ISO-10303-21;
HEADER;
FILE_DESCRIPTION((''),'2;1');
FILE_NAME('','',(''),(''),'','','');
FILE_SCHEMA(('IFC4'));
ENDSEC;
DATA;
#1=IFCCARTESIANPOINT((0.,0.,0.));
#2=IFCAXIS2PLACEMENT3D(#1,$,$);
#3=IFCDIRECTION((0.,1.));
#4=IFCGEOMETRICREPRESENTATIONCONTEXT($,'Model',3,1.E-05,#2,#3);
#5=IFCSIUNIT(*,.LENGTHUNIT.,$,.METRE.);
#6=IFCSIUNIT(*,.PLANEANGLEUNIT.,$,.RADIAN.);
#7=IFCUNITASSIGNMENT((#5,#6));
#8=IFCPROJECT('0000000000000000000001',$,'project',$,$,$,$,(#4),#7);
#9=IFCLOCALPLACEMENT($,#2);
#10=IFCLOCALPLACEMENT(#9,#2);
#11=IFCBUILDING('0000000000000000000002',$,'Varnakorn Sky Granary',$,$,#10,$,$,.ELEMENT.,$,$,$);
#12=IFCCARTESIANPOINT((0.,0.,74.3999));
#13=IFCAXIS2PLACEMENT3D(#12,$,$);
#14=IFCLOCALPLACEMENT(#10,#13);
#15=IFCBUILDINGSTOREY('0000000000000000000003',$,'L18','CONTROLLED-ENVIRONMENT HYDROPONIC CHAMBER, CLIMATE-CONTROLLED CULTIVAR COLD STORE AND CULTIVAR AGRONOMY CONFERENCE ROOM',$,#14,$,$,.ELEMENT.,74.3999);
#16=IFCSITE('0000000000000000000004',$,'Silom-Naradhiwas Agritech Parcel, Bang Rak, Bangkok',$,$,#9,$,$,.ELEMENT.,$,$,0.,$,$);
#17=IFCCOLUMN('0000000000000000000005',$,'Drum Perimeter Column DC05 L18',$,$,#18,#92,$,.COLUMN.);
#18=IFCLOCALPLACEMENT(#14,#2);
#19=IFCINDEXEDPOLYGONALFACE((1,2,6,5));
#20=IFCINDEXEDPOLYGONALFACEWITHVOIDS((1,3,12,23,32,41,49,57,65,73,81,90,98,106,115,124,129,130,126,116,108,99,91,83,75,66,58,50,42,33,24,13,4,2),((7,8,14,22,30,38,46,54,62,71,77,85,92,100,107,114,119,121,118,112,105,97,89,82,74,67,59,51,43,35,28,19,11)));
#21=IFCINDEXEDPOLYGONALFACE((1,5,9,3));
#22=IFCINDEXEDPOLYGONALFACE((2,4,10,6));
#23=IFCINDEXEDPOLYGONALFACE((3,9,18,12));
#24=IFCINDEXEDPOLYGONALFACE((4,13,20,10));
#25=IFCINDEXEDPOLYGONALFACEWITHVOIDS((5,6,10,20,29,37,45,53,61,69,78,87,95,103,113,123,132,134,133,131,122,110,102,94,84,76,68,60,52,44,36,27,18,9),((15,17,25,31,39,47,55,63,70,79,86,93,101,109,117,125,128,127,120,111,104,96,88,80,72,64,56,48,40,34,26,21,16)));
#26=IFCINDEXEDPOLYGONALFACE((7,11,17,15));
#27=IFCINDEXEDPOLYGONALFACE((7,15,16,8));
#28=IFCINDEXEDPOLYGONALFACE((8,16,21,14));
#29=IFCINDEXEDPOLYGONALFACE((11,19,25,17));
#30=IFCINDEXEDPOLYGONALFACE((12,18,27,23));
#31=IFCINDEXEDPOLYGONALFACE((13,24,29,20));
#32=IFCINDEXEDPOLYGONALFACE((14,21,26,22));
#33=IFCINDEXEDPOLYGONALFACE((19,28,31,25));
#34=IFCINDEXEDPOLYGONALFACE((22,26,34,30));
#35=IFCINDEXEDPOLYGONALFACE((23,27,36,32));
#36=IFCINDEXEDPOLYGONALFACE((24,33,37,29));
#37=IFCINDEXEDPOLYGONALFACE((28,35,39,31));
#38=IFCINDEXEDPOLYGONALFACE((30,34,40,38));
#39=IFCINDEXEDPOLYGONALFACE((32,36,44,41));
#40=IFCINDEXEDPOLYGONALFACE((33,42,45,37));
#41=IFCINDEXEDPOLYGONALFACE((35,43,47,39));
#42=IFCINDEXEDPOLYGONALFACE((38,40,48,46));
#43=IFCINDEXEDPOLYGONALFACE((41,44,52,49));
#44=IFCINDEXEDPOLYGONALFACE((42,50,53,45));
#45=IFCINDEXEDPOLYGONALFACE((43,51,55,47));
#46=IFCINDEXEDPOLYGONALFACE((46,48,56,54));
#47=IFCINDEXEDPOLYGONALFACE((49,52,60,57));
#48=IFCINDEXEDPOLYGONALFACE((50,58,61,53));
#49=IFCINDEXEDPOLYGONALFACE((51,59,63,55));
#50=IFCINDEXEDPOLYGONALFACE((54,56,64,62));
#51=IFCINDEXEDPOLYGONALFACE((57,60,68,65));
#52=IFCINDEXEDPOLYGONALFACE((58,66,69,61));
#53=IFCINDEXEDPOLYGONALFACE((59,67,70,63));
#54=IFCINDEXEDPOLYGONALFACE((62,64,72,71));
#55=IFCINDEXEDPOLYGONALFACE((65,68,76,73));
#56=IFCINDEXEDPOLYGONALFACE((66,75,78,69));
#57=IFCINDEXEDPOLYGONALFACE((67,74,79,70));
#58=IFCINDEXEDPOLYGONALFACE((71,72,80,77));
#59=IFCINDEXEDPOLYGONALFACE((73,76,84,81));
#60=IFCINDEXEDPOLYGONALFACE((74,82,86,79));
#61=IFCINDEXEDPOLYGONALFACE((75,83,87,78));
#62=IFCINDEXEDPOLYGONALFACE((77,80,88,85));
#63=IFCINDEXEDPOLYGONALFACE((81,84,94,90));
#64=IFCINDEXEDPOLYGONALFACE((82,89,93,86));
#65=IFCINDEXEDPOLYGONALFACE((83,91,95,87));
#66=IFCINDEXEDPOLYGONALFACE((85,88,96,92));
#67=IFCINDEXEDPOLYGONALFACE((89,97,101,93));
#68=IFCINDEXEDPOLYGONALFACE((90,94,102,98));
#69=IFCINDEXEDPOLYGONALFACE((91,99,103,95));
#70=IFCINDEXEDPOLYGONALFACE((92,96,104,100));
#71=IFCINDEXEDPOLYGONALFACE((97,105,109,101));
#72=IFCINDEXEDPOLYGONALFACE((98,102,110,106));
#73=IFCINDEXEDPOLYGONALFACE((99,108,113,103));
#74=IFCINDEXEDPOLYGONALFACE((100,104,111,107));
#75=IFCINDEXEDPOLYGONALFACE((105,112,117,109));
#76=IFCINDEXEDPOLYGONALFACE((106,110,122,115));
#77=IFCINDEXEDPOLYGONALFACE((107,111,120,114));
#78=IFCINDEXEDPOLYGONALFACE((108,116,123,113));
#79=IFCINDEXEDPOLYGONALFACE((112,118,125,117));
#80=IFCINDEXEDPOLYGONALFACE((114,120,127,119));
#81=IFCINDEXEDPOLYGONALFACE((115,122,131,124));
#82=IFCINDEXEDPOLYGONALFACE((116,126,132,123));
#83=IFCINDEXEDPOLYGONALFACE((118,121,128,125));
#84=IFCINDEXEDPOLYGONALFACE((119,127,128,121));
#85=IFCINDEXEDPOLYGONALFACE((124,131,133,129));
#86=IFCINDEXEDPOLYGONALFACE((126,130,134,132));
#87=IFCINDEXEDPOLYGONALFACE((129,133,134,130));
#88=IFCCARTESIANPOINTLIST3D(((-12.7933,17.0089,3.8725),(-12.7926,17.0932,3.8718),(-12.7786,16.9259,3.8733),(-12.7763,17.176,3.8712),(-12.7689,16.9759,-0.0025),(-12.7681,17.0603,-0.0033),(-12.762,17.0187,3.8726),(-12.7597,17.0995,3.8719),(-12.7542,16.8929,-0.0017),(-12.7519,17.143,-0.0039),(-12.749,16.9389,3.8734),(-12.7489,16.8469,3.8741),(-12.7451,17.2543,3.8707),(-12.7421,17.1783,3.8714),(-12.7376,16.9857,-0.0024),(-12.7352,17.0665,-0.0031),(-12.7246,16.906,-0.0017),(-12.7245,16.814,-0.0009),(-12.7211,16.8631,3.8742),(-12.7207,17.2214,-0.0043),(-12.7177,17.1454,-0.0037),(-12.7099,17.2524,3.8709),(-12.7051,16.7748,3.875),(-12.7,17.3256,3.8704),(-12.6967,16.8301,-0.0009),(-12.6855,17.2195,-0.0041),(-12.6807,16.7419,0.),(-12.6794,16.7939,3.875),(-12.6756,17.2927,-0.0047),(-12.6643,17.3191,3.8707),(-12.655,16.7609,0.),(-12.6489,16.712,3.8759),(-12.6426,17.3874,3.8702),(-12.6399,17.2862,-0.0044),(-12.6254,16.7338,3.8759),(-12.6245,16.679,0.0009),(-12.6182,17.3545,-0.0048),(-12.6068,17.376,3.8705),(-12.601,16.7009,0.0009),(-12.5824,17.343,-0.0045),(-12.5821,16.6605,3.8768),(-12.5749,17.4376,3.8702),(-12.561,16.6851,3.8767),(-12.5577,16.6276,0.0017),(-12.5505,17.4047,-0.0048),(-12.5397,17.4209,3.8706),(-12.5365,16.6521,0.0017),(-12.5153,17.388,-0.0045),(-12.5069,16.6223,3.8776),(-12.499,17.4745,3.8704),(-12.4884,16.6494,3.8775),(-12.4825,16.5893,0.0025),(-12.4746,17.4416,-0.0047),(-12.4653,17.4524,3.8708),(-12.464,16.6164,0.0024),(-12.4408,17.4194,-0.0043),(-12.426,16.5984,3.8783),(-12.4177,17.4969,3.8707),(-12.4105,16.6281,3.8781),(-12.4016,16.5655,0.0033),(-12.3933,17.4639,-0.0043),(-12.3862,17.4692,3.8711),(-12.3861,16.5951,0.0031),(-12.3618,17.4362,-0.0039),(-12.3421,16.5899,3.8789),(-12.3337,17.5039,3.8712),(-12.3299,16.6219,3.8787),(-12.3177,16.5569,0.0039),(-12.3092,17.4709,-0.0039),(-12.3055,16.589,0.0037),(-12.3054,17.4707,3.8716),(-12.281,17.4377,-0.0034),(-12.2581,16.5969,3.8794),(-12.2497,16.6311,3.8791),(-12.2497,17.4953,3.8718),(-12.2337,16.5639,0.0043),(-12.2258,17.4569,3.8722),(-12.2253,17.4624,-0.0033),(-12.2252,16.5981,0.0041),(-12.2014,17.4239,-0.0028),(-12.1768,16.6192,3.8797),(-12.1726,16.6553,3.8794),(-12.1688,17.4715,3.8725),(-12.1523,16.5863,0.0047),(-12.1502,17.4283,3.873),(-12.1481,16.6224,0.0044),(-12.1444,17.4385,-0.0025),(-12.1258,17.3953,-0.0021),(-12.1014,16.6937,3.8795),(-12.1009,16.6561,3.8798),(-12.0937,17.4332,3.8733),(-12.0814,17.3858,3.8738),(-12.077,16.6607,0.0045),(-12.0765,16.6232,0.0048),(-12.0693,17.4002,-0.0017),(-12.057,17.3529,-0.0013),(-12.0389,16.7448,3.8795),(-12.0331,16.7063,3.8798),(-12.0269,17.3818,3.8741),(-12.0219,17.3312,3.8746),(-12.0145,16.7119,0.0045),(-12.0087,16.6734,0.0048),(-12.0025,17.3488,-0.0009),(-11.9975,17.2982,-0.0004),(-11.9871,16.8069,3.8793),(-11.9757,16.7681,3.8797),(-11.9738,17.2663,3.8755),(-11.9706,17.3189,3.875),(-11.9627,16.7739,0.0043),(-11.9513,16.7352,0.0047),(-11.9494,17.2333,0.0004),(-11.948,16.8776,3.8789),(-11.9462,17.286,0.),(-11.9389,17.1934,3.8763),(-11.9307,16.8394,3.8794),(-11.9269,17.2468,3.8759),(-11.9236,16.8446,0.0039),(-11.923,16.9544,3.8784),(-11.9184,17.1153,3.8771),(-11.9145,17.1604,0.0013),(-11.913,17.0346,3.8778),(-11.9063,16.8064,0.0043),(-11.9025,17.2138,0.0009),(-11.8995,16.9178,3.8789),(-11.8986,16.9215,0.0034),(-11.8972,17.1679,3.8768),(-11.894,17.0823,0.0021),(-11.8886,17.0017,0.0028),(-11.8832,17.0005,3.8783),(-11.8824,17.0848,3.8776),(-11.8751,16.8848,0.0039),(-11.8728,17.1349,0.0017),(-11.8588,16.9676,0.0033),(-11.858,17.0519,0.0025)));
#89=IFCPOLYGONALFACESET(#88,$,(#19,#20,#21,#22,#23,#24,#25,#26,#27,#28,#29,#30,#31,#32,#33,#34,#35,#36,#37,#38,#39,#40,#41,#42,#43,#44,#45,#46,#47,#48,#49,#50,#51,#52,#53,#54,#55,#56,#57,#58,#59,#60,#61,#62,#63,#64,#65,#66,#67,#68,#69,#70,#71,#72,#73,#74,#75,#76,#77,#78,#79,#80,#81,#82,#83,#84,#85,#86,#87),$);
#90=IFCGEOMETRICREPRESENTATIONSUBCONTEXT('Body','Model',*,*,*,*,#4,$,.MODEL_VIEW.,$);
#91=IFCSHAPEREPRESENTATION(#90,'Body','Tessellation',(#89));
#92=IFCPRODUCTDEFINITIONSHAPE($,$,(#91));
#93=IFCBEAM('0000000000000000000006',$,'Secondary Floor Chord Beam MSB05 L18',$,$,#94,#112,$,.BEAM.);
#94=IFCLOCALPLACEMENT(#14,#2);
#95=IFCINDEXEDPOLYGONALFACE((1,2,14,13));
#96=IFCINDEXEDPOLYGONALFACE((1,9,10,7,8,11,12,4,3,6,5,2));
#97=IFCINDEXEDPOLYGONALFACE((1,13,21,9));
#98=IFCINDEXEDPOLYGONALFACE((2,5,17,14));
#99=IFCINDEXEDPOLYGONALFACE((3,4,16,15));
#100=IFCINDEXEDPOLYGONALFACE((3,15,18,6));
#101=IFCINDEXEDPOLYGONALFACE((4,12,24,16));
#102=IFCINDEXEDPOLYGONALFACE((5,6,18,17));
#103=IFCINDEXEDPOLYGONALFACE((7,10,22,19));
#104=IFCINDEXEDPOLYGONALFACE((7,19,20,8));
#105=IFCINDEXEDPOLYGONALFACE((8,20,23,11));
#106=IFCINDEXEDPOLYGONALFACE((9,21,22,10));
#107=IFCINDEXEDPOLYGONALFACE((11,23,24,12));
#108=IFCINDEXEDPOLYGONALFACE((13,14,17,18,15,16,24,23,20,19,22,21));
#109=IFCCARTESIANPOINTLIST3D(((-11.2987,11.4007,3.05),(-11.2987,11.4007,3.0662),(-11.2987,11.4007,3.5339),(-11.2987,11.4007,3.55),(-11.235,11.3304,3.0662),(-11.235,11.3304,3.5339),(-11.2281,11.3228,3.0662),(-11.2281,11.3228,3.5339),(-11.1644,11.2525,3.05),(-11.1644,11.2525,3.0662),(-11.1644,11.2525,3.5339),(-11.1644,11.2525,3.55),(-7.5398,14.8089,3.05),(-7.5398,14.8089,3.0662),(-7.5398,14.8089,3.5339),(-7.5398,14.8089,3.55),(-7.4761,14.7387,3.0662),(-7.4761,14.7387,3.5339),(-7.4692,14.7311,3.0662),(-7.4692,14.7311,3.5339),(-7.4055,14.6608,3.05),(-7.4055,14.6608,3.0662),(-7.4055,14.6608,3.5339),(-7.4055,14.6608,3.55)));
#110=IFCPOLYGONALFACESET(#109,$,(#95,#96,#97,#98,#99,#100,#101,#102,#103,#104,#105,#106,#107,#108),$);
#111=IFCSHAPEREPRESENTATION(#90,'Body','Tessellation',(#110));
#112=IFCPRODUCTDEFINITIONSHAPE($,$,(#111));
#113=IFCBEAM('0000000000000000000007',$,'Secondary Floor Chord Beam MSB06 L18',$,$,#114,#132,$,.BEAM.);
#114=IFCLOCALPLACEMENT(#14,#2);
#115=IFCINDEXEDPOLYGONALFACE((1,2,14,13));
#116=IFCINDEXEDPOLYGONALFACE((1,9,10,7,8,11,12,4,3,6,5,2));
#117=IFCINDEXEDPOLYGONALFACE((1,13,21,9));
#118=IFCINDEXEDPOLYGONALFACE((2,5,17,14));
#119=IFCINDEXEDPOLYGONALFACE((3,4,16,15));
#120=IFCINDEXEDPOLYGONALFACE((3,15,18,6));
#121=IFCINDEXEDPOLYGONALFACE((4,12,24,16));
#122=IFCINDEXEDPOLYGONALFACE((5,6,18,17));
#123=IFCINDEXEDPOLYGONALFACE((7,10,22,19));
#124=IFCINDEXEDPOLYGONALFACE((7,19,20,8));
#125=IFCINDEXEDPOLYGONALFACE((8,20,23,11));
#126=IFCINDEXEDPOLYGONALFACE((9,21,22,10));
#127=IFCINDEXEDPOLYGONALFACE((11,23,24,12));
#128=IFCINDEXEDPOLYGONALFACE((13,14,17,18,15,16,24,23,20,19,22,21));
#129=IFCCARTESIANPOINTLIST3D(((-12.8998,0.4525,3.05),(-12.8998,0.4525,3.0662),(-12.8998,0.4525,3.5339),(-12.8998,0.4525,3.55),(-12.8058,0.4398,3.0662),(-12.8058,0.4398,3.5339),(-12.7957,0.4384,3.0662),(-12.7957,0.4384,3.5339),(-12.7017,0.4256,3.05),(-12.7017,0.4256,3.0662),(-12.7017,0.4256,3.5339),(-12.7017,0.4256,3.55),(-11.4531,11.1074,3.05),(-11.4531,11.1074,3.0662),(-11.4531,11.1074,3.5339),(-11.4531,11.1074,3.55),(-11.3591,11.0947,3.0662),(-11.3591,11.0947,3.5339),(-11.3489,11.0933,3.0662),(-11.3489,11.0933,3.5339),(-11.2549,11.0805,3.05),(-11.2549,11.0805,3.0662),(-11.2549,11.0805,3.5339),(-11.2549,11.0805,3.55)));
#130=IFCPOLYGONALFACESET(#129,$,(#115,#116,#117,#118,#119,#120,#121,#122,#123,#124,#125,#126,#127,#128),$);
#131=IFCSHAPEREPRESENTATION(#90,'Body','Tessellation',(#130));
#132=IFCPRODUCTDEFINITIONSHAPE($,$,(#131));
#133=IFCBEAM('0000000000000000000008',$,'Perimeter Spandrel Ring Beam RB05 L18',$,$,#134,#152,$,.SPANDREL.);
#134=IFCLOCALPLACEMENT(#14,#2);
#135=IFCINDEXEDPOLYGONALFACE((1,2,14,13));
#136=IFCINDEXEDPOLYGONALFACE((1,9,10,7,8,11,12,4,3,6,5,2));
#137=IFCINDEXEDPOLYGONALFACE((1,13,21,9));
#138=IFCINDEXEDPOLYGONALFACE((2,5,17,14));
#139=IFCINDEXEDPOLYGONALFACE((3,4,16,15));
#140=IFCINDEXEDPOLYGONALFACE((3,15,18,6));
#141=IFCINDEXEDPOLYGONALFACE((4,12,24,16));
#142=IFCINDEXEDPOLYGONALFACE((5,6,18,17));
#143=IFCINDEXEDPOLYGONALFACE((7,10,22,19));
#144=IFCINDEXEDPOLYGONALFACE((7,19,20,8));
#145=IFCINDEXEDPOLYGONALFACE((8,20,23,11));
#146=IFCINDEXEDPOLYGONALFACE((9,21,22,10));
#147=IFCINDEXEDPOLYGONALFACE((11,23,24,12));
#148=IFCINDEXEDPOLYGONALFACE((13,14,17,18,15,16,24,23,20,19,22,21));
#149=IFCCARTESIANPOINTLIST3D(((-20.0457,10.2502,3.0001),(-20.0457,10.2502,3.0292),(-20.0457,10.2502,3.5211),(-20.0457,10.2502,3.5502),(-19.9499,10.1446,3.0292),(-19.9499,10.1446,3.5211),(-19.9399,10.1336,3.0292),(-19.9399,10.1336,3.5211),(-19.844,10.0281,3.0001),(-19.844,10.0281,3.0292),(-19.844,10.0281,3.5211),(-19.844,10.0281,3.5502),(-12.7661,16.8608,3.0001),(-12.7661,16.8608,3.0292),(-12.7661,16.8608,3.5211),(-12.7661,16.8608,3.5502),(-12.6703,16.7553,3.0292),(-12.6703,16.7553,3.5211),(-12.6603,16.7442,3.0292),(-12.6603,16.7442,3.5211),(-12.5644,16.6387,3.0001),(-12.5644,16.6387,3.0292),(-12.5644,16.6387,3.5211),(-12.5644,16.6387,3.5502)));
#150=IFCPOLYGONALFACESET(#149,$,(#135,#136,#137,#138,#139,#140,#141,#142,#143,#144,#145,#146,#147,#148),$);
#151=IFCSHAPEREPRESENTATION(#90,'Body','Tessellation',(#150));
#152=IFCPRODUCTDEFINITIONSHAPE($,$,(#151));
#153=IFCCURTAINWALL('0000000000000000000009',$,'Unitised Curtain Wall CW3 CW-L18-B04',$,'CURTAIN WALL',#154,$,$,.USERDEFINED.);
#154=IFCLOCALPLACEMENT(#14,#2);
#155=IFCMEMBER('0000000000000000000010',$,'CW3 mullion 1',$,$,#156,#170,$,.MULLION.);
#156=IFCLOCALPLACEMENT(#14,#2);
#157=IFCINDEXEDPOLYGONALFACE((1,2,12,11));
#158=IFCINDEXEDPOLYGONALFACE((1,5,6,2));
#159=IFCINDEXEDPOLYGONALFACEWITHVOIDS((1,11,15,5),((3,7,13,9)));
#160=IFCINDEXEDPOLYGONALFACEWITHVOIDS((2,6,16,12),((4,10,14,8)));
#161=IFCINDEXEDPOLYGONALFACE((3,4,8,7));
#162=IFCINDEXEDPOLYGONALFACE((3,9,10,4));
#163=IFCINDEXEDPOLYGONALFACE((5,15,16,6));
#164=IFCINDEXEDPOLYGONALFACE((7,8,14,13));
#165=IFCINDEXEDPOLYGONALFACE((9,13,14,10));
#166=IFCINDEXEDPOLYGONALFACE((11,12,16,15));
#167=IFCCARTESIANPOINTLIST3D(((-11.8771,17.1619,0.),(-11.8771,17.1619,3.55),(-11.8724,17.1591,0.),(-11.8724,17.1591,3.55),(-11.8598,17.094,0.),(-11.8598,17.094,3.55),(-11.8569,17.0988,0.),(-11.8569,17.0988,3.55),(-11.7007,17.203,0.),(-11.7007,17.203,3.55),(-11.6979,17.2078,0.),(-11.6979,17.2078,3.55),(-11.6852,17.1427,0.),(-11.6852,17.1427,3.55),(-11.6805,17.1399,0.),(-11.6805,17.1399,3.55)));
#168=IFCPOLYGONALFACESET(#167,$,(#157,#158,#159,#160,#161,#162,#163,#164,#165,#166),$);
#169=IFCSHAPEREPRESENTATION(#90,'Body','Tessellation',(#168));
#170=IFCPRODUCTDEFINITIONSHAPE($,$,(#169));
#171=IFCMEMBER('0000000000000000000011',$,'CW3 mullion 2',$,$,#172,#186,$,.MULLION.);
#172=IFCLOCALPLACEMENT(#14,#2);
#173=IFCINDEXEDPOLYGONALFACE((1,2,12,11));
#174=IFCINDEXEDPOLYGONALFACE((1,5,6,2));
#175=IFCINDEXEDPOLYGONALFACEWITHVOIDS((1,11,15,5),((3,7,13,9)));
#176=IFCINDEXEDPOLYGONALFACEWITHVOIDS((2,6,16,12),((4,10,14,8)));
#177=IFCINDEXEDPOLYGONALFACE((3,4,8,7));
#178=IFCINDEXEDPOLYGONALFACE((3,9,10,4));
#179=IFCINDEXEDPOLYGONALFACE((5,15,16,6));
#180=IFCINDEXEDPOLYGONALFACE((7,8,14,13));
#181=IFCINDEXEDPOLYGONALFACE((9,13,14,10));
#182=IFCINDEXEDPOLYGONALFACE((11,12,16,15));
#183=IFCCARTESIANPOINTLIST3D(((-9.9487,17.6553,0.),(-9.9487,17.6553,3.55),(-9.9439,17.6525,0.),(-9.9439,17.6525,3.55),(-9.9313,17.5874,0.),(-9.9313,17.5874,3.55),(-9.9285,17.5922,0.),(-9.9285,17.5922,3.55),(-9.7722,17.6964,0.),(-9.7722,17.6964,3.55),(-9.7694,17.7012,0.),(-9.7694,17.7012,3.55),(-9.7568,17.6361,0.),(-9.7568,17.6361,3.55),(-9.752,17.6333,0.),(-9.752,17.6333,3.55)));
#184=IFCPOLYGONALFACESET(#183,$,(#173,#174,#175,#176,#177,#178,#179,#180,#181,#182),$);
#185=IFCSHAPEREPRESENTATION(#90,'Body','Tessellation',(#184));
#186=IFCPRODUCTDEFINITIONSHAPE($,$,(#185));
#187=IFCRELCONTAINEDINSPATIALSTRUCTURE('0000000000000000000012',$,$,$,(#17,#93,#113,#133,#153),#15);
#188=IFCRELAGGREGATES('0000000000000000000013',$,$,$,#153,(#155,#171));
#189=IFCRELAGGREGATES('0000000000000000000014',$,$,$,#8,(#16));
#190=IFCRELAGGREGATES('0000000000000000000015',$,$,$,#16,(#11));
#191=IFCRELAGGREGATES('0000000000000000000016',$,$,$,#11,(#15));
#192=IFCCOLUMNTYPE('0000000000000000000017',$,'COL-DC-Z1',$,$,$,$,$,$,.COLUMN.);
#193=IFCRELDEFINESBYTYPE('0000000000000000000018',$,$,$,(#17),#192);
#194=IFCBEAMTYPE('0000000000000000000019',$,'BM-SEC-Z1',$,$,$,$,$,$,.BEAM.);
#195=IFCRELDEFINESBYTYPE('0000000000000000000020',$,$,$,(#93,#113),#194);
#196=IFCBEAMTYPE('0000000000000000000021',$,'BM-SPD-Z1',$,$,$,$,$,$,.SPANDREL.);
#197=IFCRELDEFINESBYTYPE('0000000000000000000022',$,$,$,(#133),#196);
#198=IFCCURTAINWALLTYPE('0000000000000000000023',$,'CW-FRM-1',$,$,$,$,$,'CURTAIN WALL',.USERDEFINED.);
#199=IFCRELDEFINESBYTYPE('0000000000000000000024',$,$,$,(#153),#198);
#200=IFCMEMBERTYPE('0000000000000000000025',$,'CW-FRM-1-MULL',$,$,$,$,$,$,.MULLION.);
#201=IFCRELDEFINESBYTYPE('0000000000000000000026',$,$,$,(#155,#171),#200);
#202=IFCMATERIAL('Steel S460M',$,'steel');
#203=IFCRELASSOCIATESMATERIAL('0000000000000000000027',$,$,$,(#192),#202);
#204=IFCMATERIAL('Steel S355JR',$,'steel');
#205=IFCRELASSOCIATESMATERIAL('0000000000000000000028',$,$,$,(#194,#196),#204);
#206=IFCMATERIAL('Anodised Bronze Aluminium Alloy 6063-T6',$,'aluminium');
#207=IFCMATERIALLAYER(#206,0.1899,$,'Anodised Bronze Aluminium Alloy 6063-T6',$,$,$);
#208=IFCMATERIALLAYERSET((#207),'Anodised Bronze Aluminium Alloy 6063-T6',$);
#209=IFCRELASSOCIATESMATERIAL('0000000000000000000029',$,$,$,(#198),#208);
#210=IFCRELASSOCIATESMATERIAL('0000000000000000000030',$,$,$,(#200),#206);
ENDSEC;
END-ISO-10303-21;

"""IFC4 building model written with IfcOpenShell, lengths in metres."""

from ifc_helpers import new_model, si_unit, direction, frame, origin, origin_2d, place, context, subcontext, project, spatial, hollow_rectangle, hollow_circle, i_section, extrude, material, layer, layer_set, material_profile, profile_set, type_object, element, aggregate, save


model = new_model("IFC4")

# Units and contexts
model_context = context("Model", 3, precision=1e-05, world=origin(), true_north=direction((0.0, 1.0)))
body_context = subcontext(model_context, "Body", "Model", "MODEL_VIEW")
ifc_project = project(units=[si_unit("LENGTHUNIT", "METRE"), si_unit("PLANEANGLEUNIT", "RADIAN")], contexts=[model_context])

# Site, building, storey
site_placement = place(None, origin())
site = spatial("IfcSite", under=ifc_project, at=site_placement, Name="Silom-Naradhiwas Agritech Parcel, Bang Rak, Bangkok", CompositionType="ELEMENT", RefElevation=0.0)
building_placement = place(site_placement, origin())
building = spatial("IfcBuilding", under=site, at=building_placement, Name="Varnakorn Sky Granary", CompositionType="ELEMENT")
storey_placement = place(building_placement, frame((0.0, 0.0, 74.3999)))
storey = spatial("IfcBuildingStorey", under=building, at=storey_placement, Name="L18", Description="CONTROLLED-ENVIRONMENT HYDROPONIC CHAMBER, CLIMATE-CONTROLLED CULTIVAR COLD STORE AND CULTIVAR AGRONOMY CONFERENCE ROOM", CompositionType="ELEMENT", Elevation=74.3999)

# Column
ifc_material_1 = material(Name="Steel S460M", Category="steel")
ifc_material_profile_1 = material_profile(ifc_material_1, hollow_circle(Radius=0.457, WallThickness=0.032, at=origin_2d()), Name="CHS 914x32")
ifc_profile_set_1 = profile_set([ifc_material_profile_1], Name="Steel S460M")
column_type = type_object("IfcColumnType", Name="COL-DC-Z1", PredefinedType="COLUMN", material=ifc_profile_set_1)
column_placement = place(storey_placement, frame((-12.3135, 17.0139, 0.0), z_axis=(-0.0063, 0.008505, 0.999944), x_axis=(-0.803557, -0.595228, 0.0)))
element("IfcColumn", 1, at=column_placement, inside=storey, type_object=column_type, Name="Drum Perimeter Column DC05 L18", PredefinedType="COLUMN", context=body_context, shape_type="SweptSolid", body=[
    extrude(hollow_circle(Radius=0.457, WallThickness=0.032, at=origin_2d()), origin(), (0.0, 0.0, 1.0), 3.8752),
])

# Beams
ifc_material_2 = material(Name="Steel S355JR", Category="steel")
ifc_material_profile_2 = material_profile(ifc_material_2, i_section(OverallWidth=0.2, OverallDepth=0.5, WebThickness=0.0103, FlangeThickness=0.0161, at=origin_2d()), Name="IPE 500")
ifc_profile_set_2 = profile_set([ifc_material_profile_2], Name="Steel S355JR")
beam_type_1 = type_object("IfcBeamType", Name="BM-SEC-Z1", PredefinedType="BEAM", material=ifc_profile_set_2)
beam_1_placement = place(storey_placement, frame((-7.4727, 14.7349, 3.3), z_axis=(-0.74081, -0.671714, 0.0), x_axis=(0.671714, -0.74081, 0.0)))
element("IfcBeam", 2, at=beam_1_placement, inside=storey, type_object=beam_type_1, Name="Secondary Floor Chord Beam MSB05 L18", PredefinedType="BEAM", context=body_context, shape_type="SweptSolid", body=[
    extrude(i_section(OverallWidth=0.2, OverallDepth=0.5, WebThickness=0.0103, FlangeThickness=0.0161, at=origin_2d()), origin(), (0.0, 0.0, 1.0), 5.074),
])
beam_2_placement = place(storey_placement, frame((-11.354, 11.094, 3.3), z_axis=(-0.134549, -0.990907, 0.0), x_axis=(0.990907, -0.134549, 0.0)))
element("IfcBeam", 3, at=beam_2_placement, inside=storey, type_object=beam_type_1, Name="Secondary Floor Chord Beam MSB06 L18", PredefinedType="BEAM", context=body_context, shape_type="SweptSolid", body=[
    extrude(i_section(OverallWidth=0.2, OverallDepth=0.5, WebThickness=0.0103, FlangeThickness=0.0161, at=origin_2d()), origin(), (0.0, 0.0, 1.0), 10.7527),
])
ifc_material_profile_3 = material_profile(ifc_material_2, i_section(OverallWidth=0.3, OverallDepth=0.55, WebThickness=0.0149, FlangeThickness=0.0291, at=origin_2d()), Name="HE 550 B")
ifc_profile_set_3 = profile_set([ifc_material_profile_3], Name="Steel S355JR")
beam_type_2 = type_object("IfcBeamType", Name="BM-SPD-Z1", PredefinedType="SPANDREL", material=ifc_profile_set_3)
beam_3_placement = place(storey_placement, frame((-12.6653, 16.7498, 3.2751), z_axis=(-0.740303, -0.672274, 0.0), x_axis=(0.672274, -0.740303, 0.0)))
element("IfcBeam", 4, at=beam_3_placement, inside=storey, type_object=beam_type_2, Name="Perimeter Spandrel Ring Beam RB05 L18", PredefinedType="SPANDREL", context=body_context, shape_type="SweptSolid", body=[
    extrude(i_section(OverallWidth=0.3, OverallDepth=0.55, WebThickness=0.0149, FlangeThickness=0.0291, at=origin_2d()), origin(), (0.0, 0.0, 1.0), 9.8333),
])

# Curtain wall, members
ifc_material_3 = material(Name="Anodised Bronze Aluminium Alloy 6063-T6", Category="aluminium")
ifc_layer_1 = layer(ifc_material_3, 0.1899, Name="Anodised Bronze Aluminium Alloy 6063-T6")
ifc_layer_set_1 = layer_set([ifc_layer_1], Name="Anodised Bronze Aluminium Alloy 6063-T6")
curtain_wall_type = type_object("IfcCurtainWallType", Name="CW-FRM-1", ElementType="CURTAIN WALL", PredefinedType="USERDEFINED", material=ifc_layer_set_1)
curtain_wall_1_placement = place(storey_placement, origin())
curtain_wall_1 = element("IfcCurtainWall", 5, at=curtain_wall_1_placement, inside=storey, type_object=curtain_wall_type, Name="Unitised Curtain Wall CW3 CW-L18-B04", ObjectType="CURTAIN WALL", PredefinedType="USERDEFINED")
ifc_material_profile_4 = material_profile(ifc_material_3, hollow_rectangle(XDim=0.0701, YDim=0.1851, WallThickness=0.0039, at=origin_2d()), Name="ALU MULL 70x185")
ifc_profile_set_4 = profile_set([ifc_material_profile_4], Name="Anodised Bronze Aluminium Alloy 6063-T6")
member_type_1 = type_object("IfcMemberType", Name="CW-FRM-1-MULL", PredefinedType="MULLION", material=ifc_profile_set_4)
member_1_placement = place(storey_placement, frame((-11.7788, 17.1509, 0.0), z_axis=(0.0, 0.0, 1.0), x_axis=(-0.247901, 0.968785, 0.0)))
member_1 = element("IfcMember", 6, at=member_1_placement, type_object=member_type_1, Name="CW3 mullion 1", PredefinedType="MULLION", context=body_context, shape_type="SweptSolid", body=[
    extrude(hollow_rectangle(XDim=0.0701, YDim=0.1851, WallThickness=0.0039, at=origin_2d()), origin(), (0.0, 0.0, 1.0), 3.55),
])
member_2_placement = place(storey_placement, frame((-9.8503, 17.6443, 0.0), z_axis=(0.0, 0.0, 1.0), x_axis=(-0.247901, 0.968785, 0.0)))
member_2 = element("IfcMember", 7, at=member_2_placement, type_object=member_type_1, Name="CW3 mullion 2", PredefinedType="MULLION", context=body_context, shape_type="SweptSolid", body=[
    extrude(hollow_rectangle(XDim=0.0701, YDim=0.1851, WallThickness=0.0039, at=origin_2d()), origin(), (0.0, 0.0, 1.0), 3.55),
])

aggregate(curtain_wall_1, [member_1, member_2])

save(model, "model.ifc")
